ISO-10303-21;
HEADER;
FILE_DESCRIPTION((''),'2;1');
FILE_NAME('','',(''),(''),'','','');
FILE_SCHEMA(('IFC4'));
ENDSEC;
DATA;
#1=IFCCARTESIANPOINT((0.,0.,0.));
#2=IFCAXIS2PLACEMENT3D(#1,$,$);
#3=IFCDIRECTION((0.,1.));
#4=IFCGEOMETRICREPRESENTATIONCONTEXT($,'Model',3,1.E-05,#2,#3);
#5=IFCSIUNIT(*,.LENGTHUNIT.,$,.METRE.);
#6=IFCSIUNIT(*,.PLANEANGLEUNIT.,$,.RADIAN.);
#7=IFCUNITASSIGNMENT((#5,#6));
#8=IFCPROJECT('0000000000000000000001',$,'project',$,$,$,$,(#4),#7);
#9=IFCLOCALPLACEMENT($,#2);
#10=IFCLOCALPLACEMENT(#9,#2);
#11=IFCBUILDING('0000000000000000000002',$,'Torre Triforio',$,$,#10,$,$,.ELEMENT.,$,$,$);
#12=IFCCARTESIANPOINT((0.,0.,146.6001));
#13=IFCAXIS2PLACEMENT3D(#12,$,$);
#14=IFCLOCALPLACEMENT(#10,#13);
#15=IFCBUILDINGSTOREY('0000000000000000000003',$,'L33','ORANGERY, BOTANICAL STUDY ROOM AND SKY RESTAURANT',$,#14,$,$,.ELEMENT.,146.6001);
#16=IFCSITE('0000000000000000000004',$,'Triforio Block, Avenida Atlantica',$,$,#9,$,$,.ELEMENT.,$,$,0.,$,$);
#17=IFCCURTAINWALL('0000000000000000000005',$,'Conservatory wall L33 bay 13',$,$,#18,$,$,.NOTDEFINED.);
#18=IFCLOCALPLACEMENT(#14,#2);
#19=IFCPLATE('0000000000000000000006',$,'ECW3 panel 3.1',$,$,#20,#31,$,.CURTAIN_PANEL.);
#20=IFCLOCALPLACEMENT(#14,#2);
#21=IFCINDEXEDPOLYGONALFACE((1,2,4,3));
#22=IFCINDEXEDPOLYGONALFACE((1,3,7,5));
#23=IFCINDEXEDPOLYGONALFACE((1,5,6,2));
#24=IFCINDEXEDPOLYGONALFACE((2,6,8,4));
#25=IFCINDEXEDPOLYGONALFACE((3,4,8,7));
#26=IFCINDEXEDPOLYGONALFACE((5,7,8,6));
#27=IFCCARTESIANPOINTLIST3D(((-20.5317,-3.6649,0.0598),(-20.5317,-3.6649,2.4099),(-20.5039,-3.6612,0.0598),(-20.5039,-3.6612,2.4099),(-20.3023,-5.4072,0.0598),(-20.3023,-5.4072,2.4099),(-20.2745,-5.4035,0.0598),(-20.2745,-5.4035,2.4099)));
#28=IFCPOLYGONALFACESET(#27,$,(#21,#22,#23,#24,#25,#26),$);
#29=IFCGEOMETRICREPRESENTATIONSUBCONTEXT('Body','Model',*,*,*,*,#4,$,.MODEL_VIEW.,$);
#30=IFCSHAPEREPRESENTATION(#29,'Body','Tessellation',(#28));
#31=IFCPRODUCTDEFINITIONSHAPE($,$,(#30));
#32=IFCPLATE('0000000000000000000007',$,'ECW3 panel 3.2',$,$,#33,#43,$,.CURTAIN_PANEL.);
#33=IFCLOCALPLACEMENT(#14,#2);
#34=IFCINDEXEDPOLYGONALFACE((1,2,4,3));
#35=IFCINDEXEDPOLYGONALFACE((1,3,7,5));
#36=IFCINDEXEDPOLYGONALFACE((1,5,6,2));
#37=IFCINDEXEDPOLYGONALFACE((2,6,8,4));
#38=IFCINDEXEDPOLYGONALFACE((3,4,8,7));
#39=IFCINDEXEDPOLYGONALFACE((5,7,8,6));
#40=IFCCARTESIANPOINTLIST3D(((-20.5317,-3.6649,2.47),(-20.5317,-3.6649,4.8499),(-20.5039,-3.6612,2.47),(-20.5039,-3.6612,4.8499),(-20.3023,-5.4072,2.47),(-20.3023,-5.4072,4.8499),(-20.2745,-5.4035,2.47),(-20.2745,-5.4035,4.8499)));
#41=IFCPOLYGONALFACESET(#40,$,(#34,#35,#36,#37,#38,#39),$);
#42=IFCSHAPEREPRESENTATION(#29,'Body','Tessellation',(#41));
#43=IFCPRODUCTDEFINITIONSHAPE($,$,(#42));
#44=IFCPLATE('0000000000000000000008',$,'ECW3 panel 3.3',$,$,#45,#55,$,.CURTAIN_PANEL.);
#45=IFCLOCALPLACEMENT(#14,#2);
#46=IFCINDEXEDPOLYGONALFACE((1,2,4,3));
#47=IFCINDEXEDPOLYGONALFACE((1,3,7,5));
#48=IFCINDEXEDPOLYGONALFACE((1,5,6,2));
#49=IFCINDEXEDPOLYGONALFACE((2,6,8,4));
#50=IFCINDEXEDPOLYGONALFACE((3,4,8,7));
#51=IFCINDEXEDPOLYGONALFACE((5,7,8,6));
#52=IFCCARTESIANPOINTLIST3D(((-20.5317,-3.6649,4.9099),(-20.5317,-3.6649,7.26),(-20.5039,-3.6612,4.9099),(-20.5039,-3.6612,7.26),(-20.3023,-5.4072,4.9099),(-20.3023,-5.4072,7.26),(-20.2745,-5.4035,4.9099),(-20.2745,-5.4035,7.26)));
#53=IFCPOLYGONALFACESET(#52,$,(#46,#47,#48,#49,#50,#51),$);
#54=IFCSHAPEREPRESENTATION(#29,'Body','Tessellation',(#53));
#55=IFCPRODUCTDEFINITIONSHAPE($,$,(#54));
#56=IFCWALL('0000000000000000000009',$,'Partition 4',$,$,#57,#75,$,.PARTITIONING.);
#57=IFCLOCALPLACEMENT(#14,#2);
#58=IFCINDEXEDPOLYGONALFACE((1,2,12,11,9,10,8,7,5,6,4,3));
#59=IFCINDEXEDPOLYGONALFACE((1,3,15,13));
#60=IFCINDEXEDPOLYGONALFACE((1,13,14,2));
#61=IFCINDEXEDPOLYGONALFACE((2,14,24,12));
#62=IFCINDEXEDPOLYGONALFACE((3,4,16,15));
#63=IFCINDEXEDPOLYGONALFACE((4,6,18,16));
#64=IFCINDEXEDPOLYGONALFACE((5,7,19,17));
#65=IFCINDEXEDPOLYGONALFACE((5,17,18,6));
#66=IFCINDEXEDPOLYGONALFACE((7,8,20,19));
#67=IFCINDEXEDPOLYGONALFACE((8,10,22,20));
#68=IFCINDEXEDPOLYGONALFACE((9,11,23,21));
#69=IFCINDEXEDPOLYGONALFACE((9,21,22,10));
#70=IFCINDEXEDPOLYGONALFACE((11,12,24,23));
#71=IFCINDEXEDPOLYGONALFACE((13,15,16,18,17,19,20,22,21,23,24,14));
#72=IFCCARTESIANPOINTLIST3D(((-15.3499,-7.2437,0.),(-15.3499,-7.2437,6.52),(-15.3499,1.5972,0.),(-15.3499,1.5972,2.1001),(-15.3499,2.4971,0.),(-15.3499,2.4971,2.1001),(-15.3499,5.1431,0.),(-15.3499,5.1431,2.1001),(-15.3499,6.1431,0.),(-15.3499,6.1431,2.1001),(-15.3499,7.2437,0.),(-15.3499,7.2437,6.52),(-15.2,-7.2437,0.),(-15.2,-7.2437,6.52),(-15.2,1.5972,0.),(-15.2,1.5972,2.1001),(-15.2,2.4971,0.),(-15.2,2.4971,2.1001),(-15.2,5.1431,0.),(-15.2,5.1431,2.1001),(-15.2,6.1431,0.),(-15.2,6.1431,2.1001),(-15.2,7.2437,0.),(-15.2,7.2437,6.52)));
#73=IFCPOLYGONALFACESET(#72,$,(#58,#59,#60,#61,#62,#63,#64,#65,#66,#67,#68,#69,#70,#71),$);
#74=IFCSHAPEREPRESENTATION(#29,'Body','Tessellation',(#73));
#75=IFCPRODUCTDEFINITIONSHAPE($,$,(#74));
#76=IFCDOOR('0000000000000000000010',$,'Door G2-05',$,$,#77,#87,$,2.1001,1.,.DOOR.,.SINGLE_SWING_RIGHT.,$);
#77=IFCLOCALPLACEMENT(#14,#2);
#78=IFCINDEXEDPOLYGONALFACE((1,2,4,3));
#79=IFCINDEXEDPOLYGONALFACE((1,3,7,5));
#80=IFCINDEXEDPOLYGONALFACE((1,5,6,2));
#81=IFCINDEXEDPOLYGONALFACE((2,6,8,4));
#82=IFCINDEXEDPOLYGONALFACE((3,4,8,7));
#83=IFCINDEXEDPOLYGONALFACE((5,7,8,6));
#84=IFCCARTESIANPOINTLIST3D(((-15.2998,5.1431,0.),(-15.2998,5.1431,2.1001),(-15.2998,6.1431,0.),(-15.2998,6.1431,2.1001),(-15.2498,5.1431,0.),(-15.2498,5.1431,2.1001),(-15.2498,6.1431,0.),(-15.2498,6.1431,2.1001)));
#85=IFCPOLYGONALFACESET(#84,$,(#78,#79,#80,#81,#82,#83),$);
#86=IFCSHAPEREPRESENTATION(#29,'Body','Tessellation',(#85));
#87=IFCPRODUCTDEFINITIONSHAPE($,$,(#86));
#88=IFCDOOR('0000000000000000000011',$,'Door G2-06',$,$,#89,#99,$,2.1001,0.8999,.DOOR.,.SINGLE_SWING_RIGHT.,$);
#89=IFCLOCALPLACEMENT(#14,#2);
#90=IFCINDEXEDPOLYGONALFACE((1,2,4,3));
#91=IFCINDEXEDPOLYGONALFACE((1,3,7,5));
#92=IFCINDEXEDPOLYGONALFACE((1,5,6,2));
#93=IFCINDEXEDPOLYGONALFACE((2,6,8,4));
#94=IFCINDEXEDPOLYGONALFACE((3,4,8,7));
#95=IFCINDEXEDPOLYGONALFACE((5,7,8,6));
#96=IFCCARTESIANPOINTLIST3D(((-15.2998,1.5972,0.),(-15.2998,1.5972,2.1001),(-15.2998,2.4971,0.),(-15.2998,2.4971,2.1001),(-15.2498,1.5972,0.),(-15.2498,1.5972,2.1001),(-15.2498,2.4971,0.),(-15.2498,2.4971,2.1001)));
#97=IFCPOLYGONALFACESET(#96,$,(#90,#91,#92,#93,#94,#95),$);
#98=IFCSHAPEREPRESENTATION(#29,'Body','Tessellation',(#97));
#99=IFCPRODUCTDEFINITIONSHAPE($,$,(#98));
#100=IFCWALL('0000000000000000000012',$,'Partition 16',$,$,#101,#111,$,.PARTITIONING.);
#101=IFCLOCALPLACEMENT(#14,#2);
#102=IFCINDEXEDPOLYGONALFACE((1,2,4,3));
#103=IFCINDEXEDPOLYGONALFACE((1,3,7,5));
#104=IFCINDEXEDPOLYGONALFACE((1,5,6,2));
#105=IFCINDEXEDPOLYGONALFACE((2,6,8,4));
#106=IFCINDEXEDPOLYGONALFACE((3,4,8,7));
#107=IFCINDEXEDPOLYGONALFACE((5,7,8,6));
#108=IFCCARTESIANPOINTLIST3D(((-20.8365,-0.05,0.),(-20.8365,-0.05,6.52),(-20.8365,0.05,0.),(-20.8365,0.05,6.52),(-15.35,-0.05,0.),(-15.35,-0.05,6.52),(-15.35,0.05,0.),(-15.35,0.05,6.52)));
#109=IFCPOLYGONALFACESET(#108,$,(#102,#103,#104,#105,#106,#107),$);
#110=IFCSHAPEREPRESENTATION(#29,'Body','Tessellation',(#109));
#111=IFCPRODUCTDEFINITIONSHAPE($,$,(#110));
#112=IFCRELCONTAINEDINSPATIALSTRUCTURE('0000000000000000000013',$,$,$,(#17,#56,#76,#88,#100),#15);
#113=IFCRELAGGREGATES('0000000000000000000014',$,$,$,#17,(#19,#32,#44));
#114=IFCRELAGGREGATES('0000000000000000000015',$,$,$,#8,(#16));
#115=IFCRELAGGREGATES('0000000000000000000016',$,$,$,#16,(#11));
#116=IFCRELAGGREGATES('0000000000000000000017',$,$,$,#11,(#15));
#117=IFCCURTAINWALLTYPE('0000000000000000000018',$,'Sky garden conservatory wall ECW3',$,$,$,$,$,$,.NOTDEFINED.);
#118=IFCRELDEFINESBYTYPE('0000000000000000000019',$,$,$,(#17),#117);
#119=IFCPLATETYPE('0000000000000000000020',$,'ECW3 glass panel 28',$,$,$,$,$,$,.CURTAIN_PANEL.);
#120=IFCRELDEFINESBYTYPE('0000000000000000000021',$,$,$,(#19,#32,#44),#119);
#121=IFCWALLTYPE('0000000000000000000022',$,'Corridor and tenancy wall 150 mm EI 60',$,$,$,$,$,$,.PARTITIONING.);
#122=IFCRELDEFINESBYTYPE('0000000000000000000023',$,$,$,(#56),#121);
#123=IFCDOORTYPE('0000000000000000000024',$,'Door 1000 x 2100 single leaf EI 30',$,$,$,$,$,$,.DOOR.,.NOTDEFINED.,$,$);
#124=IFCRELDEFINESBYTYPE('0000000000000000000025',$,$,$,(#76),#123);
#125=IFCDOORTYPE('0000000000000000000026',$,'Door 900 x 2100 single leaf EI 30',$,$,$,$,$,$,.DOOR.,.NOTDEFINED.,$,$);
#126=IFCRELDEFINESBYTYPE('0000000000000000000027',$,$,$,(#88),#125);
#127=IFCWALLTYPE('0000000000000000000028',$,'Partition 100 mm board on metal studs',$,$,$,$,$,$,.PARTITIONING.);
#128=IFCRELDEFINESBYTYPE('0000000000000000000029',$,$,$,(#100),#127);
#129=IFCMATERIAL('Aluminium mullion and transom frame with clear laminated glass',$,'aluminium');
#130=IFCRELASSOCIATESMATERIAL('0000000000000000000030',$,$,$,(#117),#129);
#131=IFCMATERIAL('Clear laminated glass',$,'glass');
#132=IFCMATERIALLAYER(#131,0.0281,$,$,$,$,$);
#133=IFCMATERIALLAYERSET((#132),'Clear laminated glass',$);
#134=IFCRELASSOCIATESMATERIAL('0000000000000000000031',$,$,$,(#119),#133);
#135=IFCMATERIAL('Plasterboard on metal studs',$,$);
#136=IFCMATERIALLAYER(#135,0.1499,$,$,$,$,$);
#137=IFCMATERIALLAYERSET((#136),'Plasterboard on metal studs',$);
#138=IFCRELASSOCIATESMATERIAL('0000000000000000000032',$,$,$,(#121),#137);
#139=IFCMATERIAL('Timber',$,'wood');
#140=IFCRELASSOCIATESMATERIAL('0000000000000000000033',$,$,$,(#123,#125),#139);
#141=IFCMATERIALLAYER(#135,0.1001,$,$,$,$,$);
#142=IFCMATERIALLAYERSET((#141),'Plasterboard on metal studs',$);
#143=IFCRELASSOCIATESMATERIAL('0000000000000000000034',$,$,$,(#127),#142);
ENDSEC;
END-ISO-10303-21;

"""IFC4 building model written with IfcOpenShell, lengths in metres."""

from ifc_helpers import new_model, si_unit, direction, frame, frame_2d, origin, origin_2d, place, context, subcontext, project, spatial, rectangle, extrude, material, layer, layer_set, type_object, element, fill, aggregate, save


model = new_model("IFC4")

# Units and contexts
model_context = context("Model", 3, precision=1e-05, world=origin(), true_north=direction((0.0, 1.0)))
body_context = subcontext(model_context, "Body", "Model", "MODEL_VIEW")
ifc_project = project(units=[si_unit("LENGTHUNIT", "METRE"), si_unit("PLANEANGLEUNIT", "RADIAN")], contexts=[model_context])

# Site, building, storey
site_placement = place(None, origin())
site = spatial("IfcSite", under=ifc_project, at=site_placement, Name="Triforio Block, Avenida Atlantica", CompositionType="ELEMENT", RefElevation=0.0)
building_placement = place(site_placement, origin())
building = spatial("IfcBuilding", under=site, at=building_placement, Name="Torre Triforio", CompositionType="ELEMENT")
storey_placement = place(building_placement, frame((0.0, 0.0, 146.6001)))
storey = spatial("IfcBuildingStorey", under=building, at=storey_placement, Name="L33", Description="ORANGERY, BOTANICAL STUDY ROOM AND SKY RESTAURANT", CompositionType="ELEMENT", Elevation=146.6001)

# Curtain wall, plates
ifc_material_1 = material(Name="Aluminium mullion and transom frame with clear laminated glass", Category="aluminium")
curtain_wall_type = type_object("IfcCurtainWallType", Name="Sky garden conservatory wall ECW3", PredefinedType="NOTDEFINED", material=ifc_material_1)
curtain_wall_placement = place(storey_placement, origin())
curtain_wall = element("IfcCurtainWall", 1, at=curtain_wall_placement, inside=storey, type_object=curtain_wall_type, Name="Conservatory wall L33 bay 13", PredefinedType="NOTDEFINED")
ifc_material_2 = material(Name="Clear laminated glass", Category="glass")
ifc_layer_1 = layer(ifc_material_2, 0.0281)
ifc_layer_set_1 = layer_set([ifc_layer_1], Name="Clear laminated glass")
plate_type = type_object("IfcPlateType", Name="ECW3 glass panel 28", PredefinedType="CURTAIN_PANEL", material=ifc_layer_set_1)
plate_1_placement = place(storey_placement, frame((-20.4031, -4.5342, 0.0598), z_axis=(0.0, 0.0, 1.0), x_axis=(0.13053, -0.991444, 0.0)))
plate_1 = element("IfcPlate", 2, at=plate_1_placement, type_object=plate_type, Name="ECW3 panel 3.1", PredefinedType="CURTAIN_PANEL", context=body_context, shape_type="SweptSolid", body=[
    extrude(rectangle(XDim=1.7573, YDim=0.0281, at=origin_2d()), origin(), (0.0, 0.0, 1.0), 2.3501),
])
plate_2_placement = place(storey_placement, frame((-20.4031, -4.5342, 2.47), z_axis=(0.0, 0.0, 1.0), x_axis=(0.13053, -0.991444, 0.0)))
plate_2 = element("IfcPlate", 3, at=plate_2_placement, type_object=plate_type, Name="ECW3 panel 3.2", PredefinedType="CURTAIN_PANEL", context=body_context, shape_type="SweptSolid", body=[
    extrude(rectangle(XDim=1.7573, YDim=0.0281, at=origin_2d()), origin(), (0.0, 0.0, 1.0), 2.3799),
])
plate_3_placement = place(storey_placement, frame((-20.4031, -4.5342, 4.9099), z_axis=(0.0, 0.0, 1.0), x_axis=(0.13053, -0.991444, 0.0)))
plate_3 = element("IfcPlate", 4, at=plate_3_placement, type_object=plate_type, Name="ECW3 panel 3.3", PredefinedType="CURTAIN_PANEL", context=body_context, shape_type="SweptSolid", body=[
    extrude(rectangle(XDim=1.7573, YDim=0.0281, at=origin_2d()), origin(), (0.0, 0.0, 1.0), 2.3501),
])
aggregate(curtain_wall, [plate_1, plate_2, plate_3])

# Wall, openings, doors
ifc_material_3 = material(Name="Plasterboard on metal studs")
ifc_layer_2 = layer(ifc_material_3, 0.1499)
ifc_layer_set_2 = layer_set([ifc_layer_2], Name="Plasterboard on metal studs")
wall_type_1 = type_object("IfcWallType", Name="Corridor and tenancy wall 150 mm EI 60", PredefinedType="PARTITIONING", material=ifc_layer_set_2)
wall_1_placement = place(storey_placement, frame((-15.2749, -7.2437, 0.0), z_axis=(0.0, 0.0, 1.0), x_axis=(0.0, 1.0, 0.0)))
wall_1 = element("IfcWall", 5, at=wall_1_placement, inside=storey, type_object=wall_type_1, Name="Partition 4", PredefinedType="PARTITIONING", context=body_context, shape_type="SweptSolid", body=[
    extrude(rectangle(XDim=14.4873, YDim=0.1499, at=frame_2d((7.2437, 0.0))), origin(), (0.0, 0.0, 1.0), 6.52),
])
opening_1_placement = place(wall_1_placement, frame((12.3867, 0.0, 0.0)))
opening_1 = element("IfcOpeningElement", 6, at=opening_1_placement, cuts=wall_1, PredefinedType="OPENING", context=body_context, shape_type="SweptSolid", body=[
    extrude(rectangle(XDim=1.0, YDim=2.1001, at=frame_2d((0.5, 1.05))), frame((0.0, 0.085, 0.0), z_axis=(0.0, -1.0, 0.0), x_axis=(1.0, 0.0, 0.0)), (0.0, 0.0, 1.0), 0.1699),
])
opening_2_placement = place(wall_1_placement, frame((8.8408, 0.0, 0.0)))
opening_2 = element("IfcOpeningElement", 7, at=opening_2_placement, cuts=wall_1, PredefinedType="OPENING", context=body_context, shape_type="SweptSolid", body=[
    extrude(rectangle(XDim=0.8999, YDim=2.1001, at=frame_2d((0.45, 1.05))), frame((0.0, 0.085, 0.0), z_axis=(0.0, -1.0, 0.0), x_axis=(1.0, 0.0, 0.0)), (0.0, 0.0, 1.0), 0.1699),
])
ifc_material_4 = material(Name="Timber", Category="wood")
door_type_1 = type_object("IfcDoorType", Name="Door 1000 x 2100 single leaf EI 30", OperationType="NOTDEFINED", PredefinedType="DOOR", material=ifc_material_4)
door_1_placement = place(opening_1_placement, origin())
door_1 = element("IfcDoor", 8, at=door_1_placement, inside=storey, type_object=door_type_1, Name="Door G2-05", OperationType="SINGLE_SWING_RIGHT", OverallHeight=2.1001, OverallWidth=1.0, PredefinedType="DOOR", context=body_context, shape_type="SweptSolid", body=[
    extrude(rectangle(XDim=1.0, YDim=2.1001, at=frame_2d((0.5, 1.05))), frame((0.0, 0.0249, 0.0), z_axis=(0.0, -1.0, 0.0), x_axis=(1.0, 0.0, 0.0)), (0.0, 0.0, 1.0), 0.05),
])
fill(opening_1, door_1)
door_type_2 = type_object("IfcDoorType", Name="Door 900 x 2100 single leaf EI 30", OperationType="NOTDEFINED", PredefinedType="DOOR", material=ifc_material_4)
door_2_placement = place(opening_2_placement, origin())
door_2 = element("IfcDoor", 9, at=door_2_placement, inside=storey, type_object=door_type_2, Name="Door G2-06", OperationType="SINGLE_SWING_RIGHT", OverallHeight=2.1001, OverallWidth=0.8999, PredefinedType="DOOR", context=body_context, shape_type="SweptSolid", body=[
    extrude(rectangle(XDim=0.8999, YDim=2.1001, at=frame_2d((0.45, 1.05))), frame((0.0, 0.0249, 0.0), z_axis=(0.0, -1.0, 0.0), x_axis=(1.0, 0.0, 0.0)), (0.0, 0.0, 1.0), 0.05),
])
fill(opening_2, door_2)

# Wall
ifc_layer_3 = layer(ifc_material_3, 0.1001)
ifc_layer_set_3 = layer_set([ifc_layer_3], Name="Plasterboard on metal studs")
wall_type_2 = type_object("IfcWallType", Name="Partition 100 mm board on metal studs", PredefinedType="PARTITIONING", material=ifc_layer_set_3)
wall_2_placement = place(storey_placement, frame((-15.3501, 0.0, 0.0), z_axis=(0.0, 0.0, 1.0), x_axis=(-1.0, 0.0, 0.0)))
element("IfcWall", 10, at=wall_2_placement, inside=storey, type_object=wall_type_2, Name="Partition 16", PredefinedType="PARTITIONING", context=body_context, shape_type="SweptSolid", body=[
    extrude(rectangle(XDim=5.4866, YDim=0.1001, at=frame_2d((2.7432, 0.0))), origin(), (0.0, 0.0, 1.0), 6.52),
])

save(model, "model.ifc")
